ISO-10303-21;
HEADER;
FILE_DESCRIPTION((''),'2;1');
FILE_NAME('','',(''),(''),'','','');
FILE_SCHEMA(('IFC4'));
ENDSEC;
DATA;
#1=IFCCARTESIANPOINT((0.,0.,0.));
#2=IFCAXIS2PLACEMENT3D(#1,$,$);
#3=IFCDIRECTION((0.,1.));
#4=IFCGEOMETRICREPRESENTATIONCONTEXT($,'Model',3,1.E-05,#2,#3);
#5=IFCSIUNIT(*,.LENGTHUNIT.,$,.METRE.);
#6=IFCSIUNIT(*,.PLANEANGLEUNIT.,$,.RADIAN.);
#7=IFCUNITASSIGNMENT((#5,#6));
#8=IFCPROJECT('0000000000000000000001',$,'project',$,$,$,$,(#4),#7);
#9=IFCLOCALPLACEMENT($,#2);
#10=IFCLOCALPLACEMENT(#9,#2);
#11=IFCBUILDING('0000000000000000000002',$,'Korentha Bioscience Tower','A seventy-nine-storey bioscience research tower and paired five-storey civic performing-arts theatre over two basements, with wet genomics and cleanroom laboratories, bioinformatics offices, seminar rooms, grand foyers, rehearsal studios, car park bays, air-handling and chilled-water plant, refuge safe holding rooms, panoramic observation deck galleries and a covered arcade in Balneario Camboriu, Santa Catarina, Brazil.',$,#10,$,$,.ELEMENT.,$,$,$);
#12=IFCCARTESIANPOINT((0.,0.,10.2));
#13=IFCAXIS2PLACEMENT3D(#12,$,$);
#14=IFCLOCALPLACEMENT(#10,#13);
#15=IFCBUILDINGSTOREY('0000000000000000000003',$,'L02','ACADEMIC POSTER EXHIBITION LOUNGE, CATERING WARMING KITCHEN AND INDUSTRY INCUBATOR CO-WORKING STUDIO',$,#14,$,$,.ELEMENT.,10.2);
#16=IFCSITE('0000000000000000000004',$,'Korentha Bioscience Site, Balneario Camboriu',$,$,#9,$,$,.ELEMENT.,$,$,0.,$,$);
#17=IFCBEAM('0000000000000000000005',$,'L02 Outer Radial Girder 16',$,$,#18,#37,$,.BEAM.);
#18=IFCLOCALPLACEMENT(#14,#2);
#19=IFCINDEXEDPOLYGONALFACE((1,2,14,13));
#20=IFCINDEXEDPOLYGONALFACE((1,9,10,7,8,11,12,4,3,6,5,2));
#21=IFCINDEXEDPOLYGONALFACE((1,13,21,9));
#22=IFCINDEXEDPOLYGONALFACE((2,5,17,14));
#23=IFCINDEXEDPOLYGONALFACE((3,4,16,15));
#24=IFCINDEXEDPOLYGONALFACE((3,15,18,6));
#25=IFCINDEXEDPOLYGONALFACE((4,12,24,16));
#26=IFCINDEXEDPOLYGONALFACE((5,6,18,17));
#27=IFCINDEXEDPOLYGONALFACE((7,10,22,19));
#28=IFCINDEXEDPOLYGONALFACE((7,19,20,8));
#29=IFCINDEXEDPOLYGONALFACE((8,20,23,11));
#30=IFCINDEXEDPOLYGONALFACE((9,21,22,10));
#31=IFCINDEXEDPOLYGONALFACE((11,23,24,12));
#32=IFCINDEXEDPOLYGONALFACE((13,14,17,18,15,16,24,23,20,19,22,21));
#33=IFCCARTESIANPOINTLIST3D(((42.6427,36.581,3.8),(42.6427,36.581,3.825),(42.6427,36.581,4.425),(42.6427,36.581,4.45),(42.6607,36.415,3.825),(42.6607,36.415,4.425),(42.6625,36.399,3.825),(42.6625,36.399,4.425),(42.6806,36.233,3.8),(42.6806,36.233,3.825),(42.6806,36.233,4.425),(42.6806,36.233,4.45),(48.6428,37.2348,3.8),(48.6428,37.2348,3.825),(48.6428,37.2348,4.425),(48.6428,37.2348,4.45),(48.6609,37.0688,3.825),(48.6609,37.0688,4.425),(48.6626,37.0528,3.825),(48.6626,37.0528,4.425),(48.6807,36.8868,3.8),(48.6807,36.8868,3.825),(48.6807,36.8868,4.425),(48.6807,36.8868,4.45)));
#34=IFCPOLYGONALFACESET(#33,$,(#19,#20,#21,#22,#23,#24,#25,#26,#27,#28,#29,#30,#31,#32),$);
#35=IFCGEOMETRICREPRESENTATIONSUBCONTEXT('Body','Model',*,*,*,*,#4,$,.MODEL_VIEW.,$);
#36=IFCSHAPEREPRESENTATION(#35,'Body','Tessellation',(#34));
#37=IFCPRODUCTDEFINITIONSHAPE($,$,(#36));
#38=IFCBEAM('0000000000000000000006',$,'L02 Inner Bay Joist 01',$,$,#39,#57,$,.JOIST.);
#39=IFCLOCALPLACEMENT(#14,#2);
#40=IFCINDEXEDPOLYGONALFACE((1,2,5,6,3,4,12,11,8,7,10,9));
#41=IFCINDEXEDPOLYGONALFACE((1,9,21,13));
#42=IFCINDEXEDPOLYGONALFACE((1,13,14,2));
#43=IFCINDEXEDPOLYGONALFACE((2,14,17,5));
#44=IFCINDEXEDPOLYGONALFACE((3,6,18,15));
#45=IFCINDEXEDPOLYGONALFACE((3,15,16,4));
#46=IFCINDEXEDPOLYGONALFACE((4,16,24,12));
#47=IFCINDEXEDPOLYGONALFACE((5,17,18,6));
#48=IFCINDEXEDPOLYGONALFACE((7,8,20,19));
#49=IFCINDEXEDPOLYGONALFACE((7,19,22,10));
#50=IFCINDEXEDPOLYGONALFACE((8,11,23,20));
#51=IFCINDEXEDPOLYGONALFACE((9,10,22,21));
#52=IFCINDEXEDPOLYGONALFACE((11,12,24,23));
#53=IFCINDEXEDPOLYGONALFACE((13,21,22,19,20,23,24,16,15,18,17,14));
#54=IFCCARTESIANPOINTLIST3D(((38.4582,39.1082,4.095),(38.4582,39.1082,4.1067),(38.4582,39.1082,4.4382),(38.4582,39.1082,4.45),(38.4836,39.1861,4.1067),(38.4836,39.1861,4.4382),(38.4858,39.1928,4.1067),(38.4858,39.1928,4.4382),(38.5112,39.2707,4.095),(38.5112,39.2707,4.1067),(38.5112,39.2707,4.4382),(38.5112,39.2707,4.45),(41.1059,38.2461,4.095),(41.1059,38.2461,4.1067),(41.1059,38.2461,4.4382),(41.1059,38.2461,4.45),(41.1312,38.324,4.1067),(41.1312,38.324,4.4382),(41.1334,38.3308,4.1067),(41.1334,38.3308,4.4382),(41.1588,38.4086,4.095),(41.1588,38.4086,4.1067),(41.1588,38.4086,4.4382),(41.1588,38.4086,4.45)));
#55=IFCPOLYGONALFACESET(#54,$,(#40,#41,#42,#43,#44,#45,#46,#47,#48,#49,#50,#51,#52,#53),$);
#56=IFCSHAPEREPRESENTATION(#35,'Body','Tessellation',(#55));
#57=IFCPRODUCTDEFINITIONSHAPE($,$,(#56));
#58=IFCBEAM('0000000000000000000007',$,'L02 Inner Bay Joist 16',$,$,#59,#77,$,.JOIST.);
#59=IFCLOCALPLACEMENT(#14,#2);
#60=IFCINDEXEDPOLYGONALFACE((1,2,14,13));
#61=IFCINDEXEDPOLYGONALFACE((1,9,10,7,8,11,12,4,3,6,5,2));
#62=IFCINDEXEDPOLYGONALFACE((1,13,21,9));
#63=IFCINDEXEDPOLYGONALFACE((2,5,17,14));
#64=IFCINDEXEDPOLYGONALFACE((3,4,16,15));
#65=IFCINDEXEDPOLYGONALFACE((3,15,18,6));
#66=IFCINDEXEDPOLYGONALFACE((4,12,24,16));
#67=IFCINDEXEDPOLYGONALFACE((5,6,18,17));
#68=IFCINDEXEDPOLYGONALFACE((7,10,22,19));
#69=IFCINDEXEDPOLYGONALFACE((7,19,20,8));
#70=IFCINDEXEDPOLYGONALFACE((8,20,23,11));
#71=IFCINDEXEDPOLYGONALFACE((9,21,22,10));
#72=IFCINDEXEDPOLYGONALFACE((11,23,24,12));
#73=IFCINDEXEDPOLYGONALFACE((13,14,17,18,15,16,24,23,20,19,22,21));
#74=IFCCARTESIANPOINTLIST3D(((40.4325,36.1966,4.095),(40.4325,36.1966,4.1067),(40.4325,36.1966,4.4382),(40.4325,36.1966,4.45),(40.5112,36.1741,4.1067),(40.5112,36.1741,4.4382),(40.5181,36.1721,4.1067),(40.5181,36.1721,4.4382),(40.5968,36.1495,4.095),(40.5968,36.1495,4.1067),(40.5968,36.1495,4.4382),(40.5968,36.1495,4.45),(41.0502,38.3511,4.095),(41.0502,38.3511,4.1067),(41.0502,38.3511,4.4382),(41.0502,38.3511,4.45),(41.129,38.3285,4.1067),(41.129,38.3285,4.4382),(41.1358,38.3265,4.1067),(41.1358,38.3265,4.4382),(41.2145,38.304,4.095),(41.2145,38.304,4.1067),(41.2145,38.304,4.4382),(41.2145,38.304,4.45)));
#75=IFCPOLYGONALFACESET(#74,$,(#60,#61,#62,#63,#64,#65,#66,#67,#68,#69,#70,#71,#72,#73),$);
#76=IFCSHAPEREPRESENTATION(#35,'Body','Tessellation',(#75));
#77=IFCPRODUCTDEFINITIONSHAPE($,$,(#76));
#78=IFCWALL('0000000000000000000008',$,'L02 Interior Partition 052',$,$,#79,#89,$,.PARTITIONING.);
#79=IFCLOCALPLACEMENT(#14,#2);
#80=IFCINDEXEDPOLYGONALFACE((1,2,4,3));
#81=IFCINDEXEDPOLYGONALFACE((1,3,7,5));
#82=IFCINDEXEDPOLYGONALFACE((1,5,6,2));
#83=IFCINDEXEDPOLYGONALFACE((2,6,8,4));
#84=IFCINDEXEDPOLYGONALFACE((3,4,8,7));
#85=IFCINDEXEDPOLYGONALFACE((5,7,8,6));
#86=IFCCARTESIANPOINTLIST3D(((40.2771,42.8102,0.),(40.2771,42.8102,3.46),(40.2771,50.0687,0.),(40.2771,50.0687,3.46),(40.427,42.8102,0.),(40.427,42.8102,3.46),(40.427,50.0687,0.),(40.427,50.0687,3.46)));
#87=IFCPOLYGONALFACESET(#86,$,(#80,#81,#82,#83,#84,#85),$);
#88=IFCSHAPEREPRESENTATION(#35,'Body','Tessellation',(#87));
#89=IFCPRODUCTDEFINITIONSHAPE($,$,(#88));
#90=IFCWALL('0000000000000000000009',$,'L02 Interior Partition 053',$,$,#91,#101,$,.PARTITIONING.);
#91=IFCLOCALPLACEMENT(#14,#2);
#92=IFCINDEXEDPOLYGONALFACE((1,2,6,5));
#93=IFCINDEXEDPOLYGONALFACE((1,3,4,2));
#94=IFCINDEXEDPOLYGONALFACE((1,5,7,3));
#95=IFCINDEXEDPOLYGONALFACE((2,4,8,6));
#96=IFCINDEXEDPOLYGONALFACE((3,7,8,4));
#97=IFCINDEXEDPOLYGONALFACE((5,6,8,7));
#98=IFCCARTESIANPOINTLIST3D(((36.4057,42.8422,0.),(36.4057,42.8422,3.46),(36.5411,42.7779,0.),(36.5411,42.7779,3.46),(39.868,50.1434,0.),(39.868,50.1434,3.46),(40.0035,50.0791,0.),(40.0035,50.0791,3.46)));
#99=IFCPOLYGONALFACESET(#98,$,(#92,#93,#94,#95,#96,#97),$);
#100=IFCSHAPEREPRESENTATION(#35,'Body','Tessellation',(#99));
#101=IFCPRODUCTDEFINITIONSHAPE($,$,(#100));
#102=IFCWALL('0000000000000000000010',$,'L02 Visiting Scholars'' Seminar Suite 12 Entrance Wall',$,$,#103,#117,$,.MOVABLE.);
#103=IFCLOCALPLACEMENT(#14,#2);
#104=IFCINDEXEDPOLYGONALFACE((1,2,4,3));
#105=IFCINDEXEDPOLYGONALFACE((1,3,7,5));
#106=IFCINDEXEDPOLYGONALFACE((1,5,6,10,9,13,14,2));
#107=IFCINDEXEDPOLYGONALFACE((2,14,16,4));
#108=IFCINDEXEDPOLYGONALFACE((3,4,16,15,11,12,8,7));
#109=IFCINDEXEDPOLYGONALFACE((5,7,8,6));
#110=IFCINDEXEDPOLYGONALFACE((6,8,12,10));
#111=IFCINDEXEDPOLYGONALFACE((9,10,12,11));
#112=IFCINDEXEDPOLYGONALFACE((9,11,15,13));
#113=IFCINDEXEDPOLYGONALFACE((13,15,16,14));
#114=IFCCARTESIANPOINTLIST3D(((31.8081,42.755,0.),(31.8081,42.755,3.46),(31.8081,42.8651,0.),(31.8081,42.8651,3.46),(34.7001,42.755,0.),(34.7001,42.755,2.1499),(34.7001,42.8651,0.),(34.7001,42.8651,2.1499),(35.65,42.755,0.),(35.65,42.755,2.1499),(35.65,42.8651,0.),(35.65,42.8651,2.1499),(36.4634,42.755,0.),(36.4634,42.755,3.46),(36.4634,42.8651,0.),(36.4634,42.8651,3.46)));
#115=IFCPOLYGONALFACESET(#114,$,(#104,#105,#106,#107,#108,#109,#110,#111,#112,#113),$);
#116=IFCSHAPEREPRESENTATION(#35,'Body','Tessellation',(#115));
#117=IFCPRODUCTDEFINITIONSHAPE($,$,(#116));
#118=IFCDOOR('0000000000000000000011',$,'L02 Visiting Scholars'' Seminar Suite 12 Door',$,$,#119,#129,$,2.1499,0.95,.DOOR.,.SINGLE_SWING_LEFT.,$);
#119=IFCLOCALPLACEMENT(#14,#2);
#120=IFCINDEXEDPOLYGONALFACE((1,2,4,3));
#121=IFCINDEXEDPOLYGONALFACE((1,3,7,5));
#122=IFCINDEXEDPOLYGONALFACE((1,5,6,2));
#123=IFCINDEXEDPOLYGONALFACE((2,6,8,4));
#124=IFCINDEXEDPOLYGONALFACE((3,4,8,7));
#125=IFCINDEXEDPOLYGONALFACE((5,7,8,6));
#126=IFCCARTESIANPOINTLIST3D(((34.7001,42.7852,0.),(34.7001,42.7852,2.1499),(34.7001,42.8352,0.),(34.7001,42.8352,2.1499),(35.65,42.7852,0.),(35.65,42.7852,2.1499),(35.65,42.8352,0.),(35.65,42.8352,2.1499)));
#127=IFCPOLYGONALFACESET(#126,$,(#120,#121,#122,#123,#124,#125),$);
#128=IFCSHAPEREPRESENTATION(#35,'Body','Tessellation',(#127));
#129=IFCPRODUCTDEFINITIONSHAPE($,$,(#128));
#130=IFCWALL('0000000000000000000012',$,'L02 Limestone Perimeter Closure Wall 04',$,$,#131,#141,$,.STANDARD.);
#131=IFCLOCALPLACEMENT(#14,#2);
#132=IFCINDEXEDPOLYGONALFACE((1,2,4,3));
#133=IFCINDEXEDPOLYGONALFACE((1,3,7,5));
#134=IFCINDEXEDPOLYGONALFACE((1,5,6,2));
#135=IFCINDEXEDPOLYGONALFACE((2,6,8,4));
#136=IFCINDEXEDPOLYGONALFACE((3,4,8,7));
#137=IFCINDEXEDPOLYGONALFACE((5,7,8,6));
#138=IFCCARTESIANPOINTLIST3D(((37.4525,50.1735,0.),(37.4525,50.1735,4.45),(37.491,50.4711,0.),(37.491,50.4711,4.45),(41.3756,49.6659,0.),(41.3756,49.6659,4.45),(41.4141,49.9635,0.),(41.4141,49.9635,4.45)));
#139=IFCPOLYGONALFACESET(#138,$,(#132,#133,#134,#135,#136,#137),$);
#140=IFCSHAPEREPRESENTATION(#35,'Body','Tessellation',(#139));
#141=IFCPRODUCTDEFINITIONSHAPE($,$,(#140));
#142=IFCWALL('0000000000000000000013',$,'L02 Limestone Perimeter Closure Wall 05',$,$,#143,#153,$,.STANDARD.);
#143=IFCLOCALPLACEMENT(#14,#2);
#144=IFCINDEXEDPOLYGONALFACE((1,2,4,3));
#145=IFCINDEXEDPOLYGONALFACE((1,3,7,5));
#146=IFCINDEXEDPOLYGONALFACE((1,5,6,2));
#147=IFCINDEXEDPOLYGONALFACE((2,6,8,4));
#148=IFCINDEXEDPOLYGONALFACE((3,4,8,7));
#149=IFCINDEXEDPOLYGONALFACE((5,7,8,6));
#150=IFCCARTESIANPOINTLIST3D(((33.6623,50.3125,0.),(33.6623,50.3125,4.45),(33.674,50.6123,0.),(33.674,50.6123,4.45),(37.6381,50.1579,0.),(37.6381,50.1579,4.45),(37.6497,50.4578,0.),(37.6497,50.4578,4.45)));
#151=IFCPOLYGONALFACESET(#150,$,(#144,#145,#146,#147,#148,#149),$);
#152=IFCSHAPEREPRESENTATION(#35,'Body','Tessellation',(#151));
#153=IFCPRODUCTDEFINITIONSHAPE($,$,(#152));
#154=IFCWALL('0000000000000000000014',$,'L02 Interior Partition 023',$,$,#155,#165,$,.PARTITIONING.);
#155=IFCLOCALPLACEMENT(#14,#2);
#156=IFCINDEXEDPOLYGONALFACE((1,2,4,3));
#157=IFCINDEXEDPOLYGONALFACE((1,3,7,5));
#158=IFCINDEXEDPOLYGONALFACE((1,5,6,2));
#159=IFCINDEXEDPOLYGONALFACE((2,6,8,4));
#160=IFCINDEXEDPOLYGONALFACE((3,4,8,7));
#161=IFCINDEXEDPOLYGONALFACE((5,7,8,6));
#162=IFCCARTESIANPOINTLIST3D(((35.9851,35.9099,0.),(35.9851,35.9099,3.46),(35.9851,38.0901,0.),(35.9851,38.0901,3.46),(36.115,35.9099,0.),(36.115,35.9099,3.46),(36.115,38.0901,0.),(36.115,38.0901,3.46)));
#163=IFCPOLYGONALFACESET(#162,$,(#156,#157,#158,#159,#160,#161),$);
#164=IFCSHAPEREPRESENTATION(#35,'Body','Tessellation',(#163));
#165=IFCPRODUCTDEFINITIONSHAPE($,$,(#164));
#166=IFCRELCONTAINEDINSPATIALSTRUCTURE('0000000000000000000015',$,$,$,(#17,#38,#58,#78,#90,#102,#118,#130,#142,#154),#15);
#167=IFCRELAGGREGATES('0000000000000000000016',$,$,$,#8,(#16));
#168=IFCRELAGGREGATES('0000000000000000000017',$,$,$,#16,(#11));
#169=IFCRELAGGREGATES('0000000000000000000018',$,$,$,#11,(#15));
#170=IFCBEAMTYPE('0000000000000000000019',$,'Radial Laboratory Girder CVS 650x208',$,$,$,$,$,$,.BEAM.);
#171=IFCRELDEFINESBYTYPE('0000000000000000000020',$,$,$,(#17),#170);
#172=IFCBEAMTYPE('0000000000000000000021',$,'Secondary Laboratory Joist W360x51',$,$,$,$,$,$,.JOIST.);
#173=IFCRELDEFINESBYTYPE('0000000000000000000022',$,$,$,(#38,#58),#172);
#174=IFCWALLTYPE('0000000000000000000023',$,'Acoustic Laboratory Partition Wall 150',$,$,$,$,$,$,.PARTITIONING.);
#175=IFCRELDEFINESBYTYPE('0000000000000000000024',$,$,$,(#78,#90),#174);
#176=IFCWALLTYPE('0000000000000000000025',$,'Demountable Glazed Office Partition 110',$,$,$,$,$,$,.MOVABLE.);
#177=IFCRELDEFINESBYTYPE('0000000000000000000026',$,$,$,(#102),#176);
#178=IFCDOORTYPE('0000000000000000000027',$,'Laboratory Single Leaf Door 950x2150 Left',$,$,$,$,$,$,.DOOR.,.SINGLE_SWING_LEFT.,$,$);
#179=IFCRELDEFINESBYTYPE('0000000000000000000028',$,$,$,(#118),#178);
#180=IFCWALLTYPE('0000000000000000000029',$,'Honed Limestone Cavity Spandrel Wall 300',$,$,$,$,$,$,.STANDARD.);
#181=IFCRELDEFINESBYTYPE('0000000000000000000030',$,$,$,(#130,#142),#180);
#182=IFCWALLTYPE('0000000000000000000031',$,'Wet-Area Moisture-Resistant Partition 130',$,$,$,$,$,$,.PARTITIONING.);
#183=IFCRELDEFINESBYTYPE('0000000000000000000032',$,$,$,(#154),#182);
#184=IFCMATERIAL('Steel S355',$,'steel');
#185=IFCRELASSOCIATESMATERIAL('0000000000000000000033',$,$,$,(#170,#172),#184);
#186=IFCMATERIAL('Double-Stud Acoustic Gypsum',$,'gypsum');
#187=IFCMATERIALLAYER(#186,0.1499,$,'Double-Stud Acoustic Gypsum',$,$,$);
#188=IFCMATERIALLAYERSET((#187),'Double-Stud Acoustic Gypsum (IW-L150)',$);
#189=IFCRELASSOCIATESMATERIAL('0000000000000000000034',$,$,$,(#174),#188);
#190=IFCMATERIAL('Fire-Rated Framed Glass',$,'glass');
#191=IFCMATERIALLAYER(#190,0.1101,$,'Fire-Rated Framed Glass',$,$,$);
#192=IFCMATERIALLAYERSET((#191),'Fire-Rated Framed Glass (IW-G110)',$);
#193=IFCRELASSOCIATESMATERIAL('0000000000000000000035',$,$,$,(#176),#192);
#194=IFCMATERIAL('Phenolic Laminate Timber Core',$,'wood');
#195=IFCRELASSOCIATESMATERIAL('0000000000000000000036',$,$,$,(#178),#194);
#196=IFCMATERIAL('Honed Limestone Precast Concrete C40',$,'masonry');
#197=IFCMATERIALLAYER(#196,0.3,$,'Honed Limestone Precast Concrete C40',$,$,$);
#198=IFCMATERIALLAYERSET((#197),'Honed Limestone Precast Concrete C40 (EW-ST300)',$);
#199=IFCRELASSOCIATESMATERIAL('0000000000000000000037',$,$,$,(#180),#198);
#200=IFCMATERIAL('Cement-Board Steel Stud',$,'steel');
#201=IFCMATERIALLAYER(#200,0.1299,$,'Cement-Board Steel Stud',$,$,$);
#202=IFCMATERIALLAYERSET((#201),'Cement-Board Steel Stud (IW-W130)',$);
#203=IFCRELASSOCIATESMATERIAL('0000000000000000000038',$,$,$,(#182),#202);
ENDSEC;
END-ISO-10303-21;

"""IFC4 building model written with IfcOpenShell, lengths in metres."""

from ifc_helpers import new_model, si_unit, direction, frame, frame_2d, origin, origin_2d, place, context, subcontext, project, spatial, rectangle, i_section, extrude, material, layer, layer_set, material_profile, profile_set, type_object, element, fill, save


model = new_model("IFC4")

# Units and contexts
model_context = context("Model", 3, precision=1e-05, world=origin(), true_north=direction((0.0, 1.0)))
body_context = subcontext(model_context, "Body", "Model", "MODEL_VIEW")
ifc_project = project(units=[si_unit("LENGTHUNIT", "METRE"), si_unit("PLANEANGLEUNIT", "RADIAN")], contexts=[model_context])

# Site, building, storey
site_placement = place(None, origin())
site = spatial("IfcSite", under=ifc_project, at=site_placement, Name="Korentha Bioscience Site, Balneario Camboriu", CompositionType="ELEMENT", RefElevation=0.0)
building_placement = place(site_placement, origin())
building = spatial("IfcBuilding", under=site, at=building_placement, Name="Korentha Bioscience Tower", Description="A seventy-nine-storey bioscience research tower and paired five-storey civic performing-arts theatre over two basements, with wet genomics and cleanroom laboratories, bioinformatics offices, seminar rooms, grand foyers, rehearsal studios, car park bays, air-handling and chilled-water plant, refuge safe holding rooms, panoramic observation deck galleries and a covered arcade in Balneario Camboriu, Santa Catarina, Brazil.", CompositionType="ELEMENT")
storey_placement = place(building_placement, frame((0.0, 0.0, 10.2)))
storey = spatial("IfcBuildingStorey", under=building, at=storey_placement, Name="L02", Description="ACADEMIC POSTER EXHIBITION LOUNGE, CATERING WARMING KITCHEN AND INDUSTRY INCUBATOR CO-WORKING STUDIO", CompositionType="ELEMENT", Elevation=10.2)

# Beams
ifc_material_1 = material(Name="Steel S355", Category="steel")
ifc_material_profile_1 = material_profile(ifc_material_1, i_section(OverallWidth=0.3501, OverallDepth=0.6499, WebThickness=0.0161, FlangeThickness=0.0249, at=origin_2d()), Name="Steel S355")
ifc_profile_set_1 = profile_set([ifc_material_profile_1], Name="Steel S355 (RB-650)")
beam_type_1 = type_object("IfcBeamType", Name="Radial Laboratory Girder CVS 650x208", PredefinedType="BEAM", material=ifc_profile_set_1)
beam_1_placement = place(storey_placement, frame((42.6616, 36.407, 4.125), z_axis=(0.994116, 0.108323, 0.0), x_axis=(-0.108323, 0.994116, 0.0)))
element("IfcBeam", 1, at=beam_1_placement, inside=storey, type_object=beam_type_1, Name="L02 Outer Radial Girder 16", PredefinedType="BEAM", context=body_context, shape_type="SweptSolid", body=[
    extrude(i_section(OverallWidth=0.3501, OverallDepth=0.6499, WebThickness=0.0161, FlangeThickness=0.0249, at=origin_2d()), origin(), (0.0, 0.0, 1.0), 6.0356),
])
ifc_material_profile_2 = material_profile(ifc_material_1, i_section(OverallWidth=0.1709, OverallDepth=0.355, WebThickness=0.0071, FlangeThickness=0.0117, at=origin_2d()), Name="Steel S355")
ifc_profile_set_2 = profile_set([ifc_material_profile_2], Name="Steel S355 (JB-360)")
beam_type_2 = type_object("IfcBeamType", Name="Secondary Laboratory Joist W360x51", PredefinedType="JOIST", material=ifc_profile_set_2)
beam_2_placement = place(storey_placement, frame((41.1323, 38.3274, 4.2725), z_axis=(-0.95087, 0.309592, 0.0), x_axis=(-0.309592, -0.95087, 0.0)))
element("IfcBeam", 2, at=beam_2_placement, inside=storey, type_object=beam_type_2, Name="L02 Inner Bay Joist 01", PredefinedType="JOIST", context=body_context, shape_type="SweptSolid", body=[
    extrude(i_section(OverallWidth=0.1709, OverallDepth=0.355, WebThickness=0.0071, FlangeThickness=0.0117, at=origin_2d()), origin(), (0.0, 0.0, 1.0), 2.7844),
])
beam_3_placement = place(storey_placement, frame((40.5146, 36.1731, 4.2725), z_axis=(0.275613, 0.961269, 0.0), x_axis=(-0.961269, 0.275613, 0.0)))
element("IfcBeam", 3, at=beam_3_placement, inside=storey, type_object=beam_type_2, Name="L02 Inner Bay Joist 16", PredefinedType="JOIST", context=body_context, shape_type="SweptSolid", body=[
    extrude(i_section(OverallWidth=0.1709, OverallDepth=0.355, WebThickness=0.0071, FlangeThickness=0.0117, at=origin_2d()), origin(), (0.0, 0.0, 1.0), 2.2412),
])

# Shared definitions
ifc_material_2 = material(Name="Double-Stud Acoustic Gypsum", Category="gypsum")
ifc_layer_1 = layer(ifc_material_2, 0.1499, Name="Double-Stud Acoustic Gypsum")
ifc_layer_set_1 = layer_set([ifc_layer_1], Name="Double-Stud Acoustic Gypsum (IW-L150)")
wall_type_1 = type_object("IfcWallType", Name="Acoustic Laboratory Partition Wall 150", PredefinedType="PARTITIONING", material=ifc_layer_set_1)
ifc_material_3 = material(Name="Phenolic Laminate Timber Core", Category="wood")

# Walls
wall_1_placement = place(storey_placement, frame((40.3521, 42.8101, 0.0), z_axis=(0.0, 0.0, 1.0), x_axis=(0.0, 1.0, 0.0)))
element("IfcWall", 4, at=wall_1_placement, inside=storey, type_object=wall_type_1, Name="L02 Interior Partition 052", PredefinedType="PARTITIONING", context=body_context, shape_type="SweptSolid", body=[
    extrude(rectangle(XDim=7.2585, YDim=0.1499, at=frame_2d((3.6294, 0.0))), origin(), (0.0, 0.0, 1.0), 3.46),
])
wall_2_placement = place(storey_placement, frame((36.4734, 42.8101, 0.0), z_axis=(0.0, 0.0, 1.0), x_axis=(0.428481, 0.903551, 0.0)))
element("IfcWall", 5, at=wall_2_placement, inside=storey, type_object=wall_type_1, Name="L02 Interior Partition 053", PredefinedType="PARTITIONING", context=body_context, shape_type="SweptSolid", body=[
    extrude(rectangle(XDim=8.0806, YDim=0.1499, at=frame_2d((4.0403, 0.0))), origin(), (0.0, 0.0, 1.0), 3.46),
])

# Wall, opening, door
ifc_material_4 = material(Name="Fire-Rated Framed Glass", Category="glass")
ifc_layer_2 = layer(ifc_material_4, 0.1101, Name="Fire-Rated Framed Glass")
ifc_layer_set_2 = layer_set([ifc_layer_2], Name="Fire-Rated Framed Glass (IW-G110)")
wall_type_2 = type_object("IfcWallType", Name="Demountable Glazed Office Partition 110", PredefinedType="MOVABLE", material=ifc_layer_set_2)
wall_3_placement = place(storey_placement, frame((36.4634, 42.8101, 0.0), z_axis=(0.0, 0.0, 1.0), x_axis=(-1.0, 0.0, 0.0)))
wall_3 = element("IfcWall", 6, at=wall_3_placement, inside=storey, type_object=wall_type_2, Name="L02 Visiting Scholars' Seminar Suite 12 Entrance Wall", PredefinedType="MOVABLE", context=body_context, shape_type="SweptSolid", body=[
    extrude(rectangle(XDim=4.6553, YDim=0.1101, at=frame_2d((2.3276, 0.0))), origin(), (0.0, 0.0, 1.0), 3.46),
])
opening_1_placement = place(wall_3_placement, frame((0.8132, 0.0, 0.0)))
opening_1 = element("IfcOpeningElement", 7, at=opening_1_placement, cuts=wall_3, PredefinedType="OPENING", context=body_context, shape_type="SweptSolid", body=[
    extrude(rectangle(XDim=0.95, YDim=2.1499, at=frame_2d((0.4751, 1.075))), frame((0.0, 0.0698, 0.0), z_axis=(0.0, -1.0, 0.0), x_axis=(1.0, 0.0, 0.0)), (0.0, 0.0, 1.0), 0.1399),
])
door_type_1 = type_object("IfcDoorType", Name="Laboratory Single Leaf Door 950x2150 Left", OperationType="SINGLE_SWING_LEFT", PredefinedType="DOOR", material=ifc_material_3)
door_1_placement = place(opening_1_placement, origin())
door_1 = element("IfcDoor", 8, at=door_1_placement, inside=storey, type_object=door_type_1, Name="L02 Visiting Scholars' Seminar Suite 12 Door", OperationType="SINGLE_SWING_LEFT", OverallHeight=2.1499, OverallWidth=0.95, PredefinedType="DOOR", context=body_context, shape_type="SweptSolid", body=[
    extrude(rectangle(XDim=0.95, YDim=2.1499, at=frame_2d((0.4751, 1.075))), frame((0.0, 0.0249, 0.0), z_axis=(0.0, -1.0, 0.0), x_axis=(1.0, 0.0, 0.0)), (0.0, 0.0, 1.0), 0.05),
])
fill(opening_1, door_1)

# Walls
ifc_material_5 = material(Name="Honed Limestone Precast Concrete C40", Category="masonry")
ifc_layer_3 = layer(ifc_material_5, 0.3, Name="Honed Limestone Precast Concrete C40")
ifc_layer_set_3 = layer_set([ifc_layer_3], Name="Honed Limestone Precast Concrete C40 (EW-ST300)")
wall_type_3 = type_object("IfcWallType", Name="Honed Limestone Cavity Spandrel Wall 300", PredefinedType="STANDARD", material=ifc_layer_set_3)
wall_4_placement = place(storey_placement, frame((41.395, 49.8147, 0.0), z_axis=(0.0, 0.0, 1.0), x_axis=(-0.991734, 0.12831, 0.0)))
element("IfcWall", 9, at=wall_4_placement, inside=storey, type_object=wall_type_3, Name="L02 Limestone Perimeter Closure Wall 04", PredefinedType="STANDARD", context=body_context, shape_type="SweptSolid", body=[
    extrude(rectangle(XDim=3.9558, YDim=0.3, at=frame_2d((1.978, 0.0))), origin(), (0.0, 0.0, 1.0), 4.45),
])
wall_5_placement = place(storey_placement, frame((37.6438, 50.3079, 0.0), z_axis=(0.0, 0.0, 1.0), x_axis=(-0.999245, 0.038841, 0.0)))
element("IfcWall", 10, at=wall_5_placement, inside=storey, type_object=wall_type_3, Name="L02 Limestone Perimeter Closure Wall 05", PredefinedType="STANDARD", context=body_context, shape_type="SweptSolid", body=[
    extrude(rectangle(XDim=3.9788, YDim=0.3, at=frame_2d((1.9893, 0.0))), origin(), (0.0, 0.0, 1.0), 4.45),
])
ifc_material_6 = material(Name="Cement-Board Steel Stud", Category="steel")
ifc_layer_4 = layer(ifc_material_6, 0.1299, Name="Cement-Board Steel Stud")
ifc_layer_set_4 = layer_set([ifc_layer_4], Name="Cement-Board Steel Stud (IW-W130)")
wall_type_4 = type_object("IfcWallType", Name="Wet-Area Moisture-Resistant Partition 130", PredefinedType="PARTITIONING", material=ifc_layer_set_4)
wall_6_placement = place(storey_placement, frame((36.05, 38.0901, 0.0), z_axis=(0.0, 0.0, 1.0), x_axis=(0.0, -1.0, 0.0)))
element("IfcWall", 11, at=wall_6_placement, inside=storey, type_object=wall_type_4, Name="L02 Interior Partition 023", PredefinedType="PARTITIONING", context=body_context, shape_type="SweptSolid", body=[
    extrude(rectangle(XDim=2.1802, YDim=0.1299, at=frame_2d((1.0901, 0.0))), origin(), (0.0, 0.0, 1.0), 3.46),
])

save(model, "model.ifc")
